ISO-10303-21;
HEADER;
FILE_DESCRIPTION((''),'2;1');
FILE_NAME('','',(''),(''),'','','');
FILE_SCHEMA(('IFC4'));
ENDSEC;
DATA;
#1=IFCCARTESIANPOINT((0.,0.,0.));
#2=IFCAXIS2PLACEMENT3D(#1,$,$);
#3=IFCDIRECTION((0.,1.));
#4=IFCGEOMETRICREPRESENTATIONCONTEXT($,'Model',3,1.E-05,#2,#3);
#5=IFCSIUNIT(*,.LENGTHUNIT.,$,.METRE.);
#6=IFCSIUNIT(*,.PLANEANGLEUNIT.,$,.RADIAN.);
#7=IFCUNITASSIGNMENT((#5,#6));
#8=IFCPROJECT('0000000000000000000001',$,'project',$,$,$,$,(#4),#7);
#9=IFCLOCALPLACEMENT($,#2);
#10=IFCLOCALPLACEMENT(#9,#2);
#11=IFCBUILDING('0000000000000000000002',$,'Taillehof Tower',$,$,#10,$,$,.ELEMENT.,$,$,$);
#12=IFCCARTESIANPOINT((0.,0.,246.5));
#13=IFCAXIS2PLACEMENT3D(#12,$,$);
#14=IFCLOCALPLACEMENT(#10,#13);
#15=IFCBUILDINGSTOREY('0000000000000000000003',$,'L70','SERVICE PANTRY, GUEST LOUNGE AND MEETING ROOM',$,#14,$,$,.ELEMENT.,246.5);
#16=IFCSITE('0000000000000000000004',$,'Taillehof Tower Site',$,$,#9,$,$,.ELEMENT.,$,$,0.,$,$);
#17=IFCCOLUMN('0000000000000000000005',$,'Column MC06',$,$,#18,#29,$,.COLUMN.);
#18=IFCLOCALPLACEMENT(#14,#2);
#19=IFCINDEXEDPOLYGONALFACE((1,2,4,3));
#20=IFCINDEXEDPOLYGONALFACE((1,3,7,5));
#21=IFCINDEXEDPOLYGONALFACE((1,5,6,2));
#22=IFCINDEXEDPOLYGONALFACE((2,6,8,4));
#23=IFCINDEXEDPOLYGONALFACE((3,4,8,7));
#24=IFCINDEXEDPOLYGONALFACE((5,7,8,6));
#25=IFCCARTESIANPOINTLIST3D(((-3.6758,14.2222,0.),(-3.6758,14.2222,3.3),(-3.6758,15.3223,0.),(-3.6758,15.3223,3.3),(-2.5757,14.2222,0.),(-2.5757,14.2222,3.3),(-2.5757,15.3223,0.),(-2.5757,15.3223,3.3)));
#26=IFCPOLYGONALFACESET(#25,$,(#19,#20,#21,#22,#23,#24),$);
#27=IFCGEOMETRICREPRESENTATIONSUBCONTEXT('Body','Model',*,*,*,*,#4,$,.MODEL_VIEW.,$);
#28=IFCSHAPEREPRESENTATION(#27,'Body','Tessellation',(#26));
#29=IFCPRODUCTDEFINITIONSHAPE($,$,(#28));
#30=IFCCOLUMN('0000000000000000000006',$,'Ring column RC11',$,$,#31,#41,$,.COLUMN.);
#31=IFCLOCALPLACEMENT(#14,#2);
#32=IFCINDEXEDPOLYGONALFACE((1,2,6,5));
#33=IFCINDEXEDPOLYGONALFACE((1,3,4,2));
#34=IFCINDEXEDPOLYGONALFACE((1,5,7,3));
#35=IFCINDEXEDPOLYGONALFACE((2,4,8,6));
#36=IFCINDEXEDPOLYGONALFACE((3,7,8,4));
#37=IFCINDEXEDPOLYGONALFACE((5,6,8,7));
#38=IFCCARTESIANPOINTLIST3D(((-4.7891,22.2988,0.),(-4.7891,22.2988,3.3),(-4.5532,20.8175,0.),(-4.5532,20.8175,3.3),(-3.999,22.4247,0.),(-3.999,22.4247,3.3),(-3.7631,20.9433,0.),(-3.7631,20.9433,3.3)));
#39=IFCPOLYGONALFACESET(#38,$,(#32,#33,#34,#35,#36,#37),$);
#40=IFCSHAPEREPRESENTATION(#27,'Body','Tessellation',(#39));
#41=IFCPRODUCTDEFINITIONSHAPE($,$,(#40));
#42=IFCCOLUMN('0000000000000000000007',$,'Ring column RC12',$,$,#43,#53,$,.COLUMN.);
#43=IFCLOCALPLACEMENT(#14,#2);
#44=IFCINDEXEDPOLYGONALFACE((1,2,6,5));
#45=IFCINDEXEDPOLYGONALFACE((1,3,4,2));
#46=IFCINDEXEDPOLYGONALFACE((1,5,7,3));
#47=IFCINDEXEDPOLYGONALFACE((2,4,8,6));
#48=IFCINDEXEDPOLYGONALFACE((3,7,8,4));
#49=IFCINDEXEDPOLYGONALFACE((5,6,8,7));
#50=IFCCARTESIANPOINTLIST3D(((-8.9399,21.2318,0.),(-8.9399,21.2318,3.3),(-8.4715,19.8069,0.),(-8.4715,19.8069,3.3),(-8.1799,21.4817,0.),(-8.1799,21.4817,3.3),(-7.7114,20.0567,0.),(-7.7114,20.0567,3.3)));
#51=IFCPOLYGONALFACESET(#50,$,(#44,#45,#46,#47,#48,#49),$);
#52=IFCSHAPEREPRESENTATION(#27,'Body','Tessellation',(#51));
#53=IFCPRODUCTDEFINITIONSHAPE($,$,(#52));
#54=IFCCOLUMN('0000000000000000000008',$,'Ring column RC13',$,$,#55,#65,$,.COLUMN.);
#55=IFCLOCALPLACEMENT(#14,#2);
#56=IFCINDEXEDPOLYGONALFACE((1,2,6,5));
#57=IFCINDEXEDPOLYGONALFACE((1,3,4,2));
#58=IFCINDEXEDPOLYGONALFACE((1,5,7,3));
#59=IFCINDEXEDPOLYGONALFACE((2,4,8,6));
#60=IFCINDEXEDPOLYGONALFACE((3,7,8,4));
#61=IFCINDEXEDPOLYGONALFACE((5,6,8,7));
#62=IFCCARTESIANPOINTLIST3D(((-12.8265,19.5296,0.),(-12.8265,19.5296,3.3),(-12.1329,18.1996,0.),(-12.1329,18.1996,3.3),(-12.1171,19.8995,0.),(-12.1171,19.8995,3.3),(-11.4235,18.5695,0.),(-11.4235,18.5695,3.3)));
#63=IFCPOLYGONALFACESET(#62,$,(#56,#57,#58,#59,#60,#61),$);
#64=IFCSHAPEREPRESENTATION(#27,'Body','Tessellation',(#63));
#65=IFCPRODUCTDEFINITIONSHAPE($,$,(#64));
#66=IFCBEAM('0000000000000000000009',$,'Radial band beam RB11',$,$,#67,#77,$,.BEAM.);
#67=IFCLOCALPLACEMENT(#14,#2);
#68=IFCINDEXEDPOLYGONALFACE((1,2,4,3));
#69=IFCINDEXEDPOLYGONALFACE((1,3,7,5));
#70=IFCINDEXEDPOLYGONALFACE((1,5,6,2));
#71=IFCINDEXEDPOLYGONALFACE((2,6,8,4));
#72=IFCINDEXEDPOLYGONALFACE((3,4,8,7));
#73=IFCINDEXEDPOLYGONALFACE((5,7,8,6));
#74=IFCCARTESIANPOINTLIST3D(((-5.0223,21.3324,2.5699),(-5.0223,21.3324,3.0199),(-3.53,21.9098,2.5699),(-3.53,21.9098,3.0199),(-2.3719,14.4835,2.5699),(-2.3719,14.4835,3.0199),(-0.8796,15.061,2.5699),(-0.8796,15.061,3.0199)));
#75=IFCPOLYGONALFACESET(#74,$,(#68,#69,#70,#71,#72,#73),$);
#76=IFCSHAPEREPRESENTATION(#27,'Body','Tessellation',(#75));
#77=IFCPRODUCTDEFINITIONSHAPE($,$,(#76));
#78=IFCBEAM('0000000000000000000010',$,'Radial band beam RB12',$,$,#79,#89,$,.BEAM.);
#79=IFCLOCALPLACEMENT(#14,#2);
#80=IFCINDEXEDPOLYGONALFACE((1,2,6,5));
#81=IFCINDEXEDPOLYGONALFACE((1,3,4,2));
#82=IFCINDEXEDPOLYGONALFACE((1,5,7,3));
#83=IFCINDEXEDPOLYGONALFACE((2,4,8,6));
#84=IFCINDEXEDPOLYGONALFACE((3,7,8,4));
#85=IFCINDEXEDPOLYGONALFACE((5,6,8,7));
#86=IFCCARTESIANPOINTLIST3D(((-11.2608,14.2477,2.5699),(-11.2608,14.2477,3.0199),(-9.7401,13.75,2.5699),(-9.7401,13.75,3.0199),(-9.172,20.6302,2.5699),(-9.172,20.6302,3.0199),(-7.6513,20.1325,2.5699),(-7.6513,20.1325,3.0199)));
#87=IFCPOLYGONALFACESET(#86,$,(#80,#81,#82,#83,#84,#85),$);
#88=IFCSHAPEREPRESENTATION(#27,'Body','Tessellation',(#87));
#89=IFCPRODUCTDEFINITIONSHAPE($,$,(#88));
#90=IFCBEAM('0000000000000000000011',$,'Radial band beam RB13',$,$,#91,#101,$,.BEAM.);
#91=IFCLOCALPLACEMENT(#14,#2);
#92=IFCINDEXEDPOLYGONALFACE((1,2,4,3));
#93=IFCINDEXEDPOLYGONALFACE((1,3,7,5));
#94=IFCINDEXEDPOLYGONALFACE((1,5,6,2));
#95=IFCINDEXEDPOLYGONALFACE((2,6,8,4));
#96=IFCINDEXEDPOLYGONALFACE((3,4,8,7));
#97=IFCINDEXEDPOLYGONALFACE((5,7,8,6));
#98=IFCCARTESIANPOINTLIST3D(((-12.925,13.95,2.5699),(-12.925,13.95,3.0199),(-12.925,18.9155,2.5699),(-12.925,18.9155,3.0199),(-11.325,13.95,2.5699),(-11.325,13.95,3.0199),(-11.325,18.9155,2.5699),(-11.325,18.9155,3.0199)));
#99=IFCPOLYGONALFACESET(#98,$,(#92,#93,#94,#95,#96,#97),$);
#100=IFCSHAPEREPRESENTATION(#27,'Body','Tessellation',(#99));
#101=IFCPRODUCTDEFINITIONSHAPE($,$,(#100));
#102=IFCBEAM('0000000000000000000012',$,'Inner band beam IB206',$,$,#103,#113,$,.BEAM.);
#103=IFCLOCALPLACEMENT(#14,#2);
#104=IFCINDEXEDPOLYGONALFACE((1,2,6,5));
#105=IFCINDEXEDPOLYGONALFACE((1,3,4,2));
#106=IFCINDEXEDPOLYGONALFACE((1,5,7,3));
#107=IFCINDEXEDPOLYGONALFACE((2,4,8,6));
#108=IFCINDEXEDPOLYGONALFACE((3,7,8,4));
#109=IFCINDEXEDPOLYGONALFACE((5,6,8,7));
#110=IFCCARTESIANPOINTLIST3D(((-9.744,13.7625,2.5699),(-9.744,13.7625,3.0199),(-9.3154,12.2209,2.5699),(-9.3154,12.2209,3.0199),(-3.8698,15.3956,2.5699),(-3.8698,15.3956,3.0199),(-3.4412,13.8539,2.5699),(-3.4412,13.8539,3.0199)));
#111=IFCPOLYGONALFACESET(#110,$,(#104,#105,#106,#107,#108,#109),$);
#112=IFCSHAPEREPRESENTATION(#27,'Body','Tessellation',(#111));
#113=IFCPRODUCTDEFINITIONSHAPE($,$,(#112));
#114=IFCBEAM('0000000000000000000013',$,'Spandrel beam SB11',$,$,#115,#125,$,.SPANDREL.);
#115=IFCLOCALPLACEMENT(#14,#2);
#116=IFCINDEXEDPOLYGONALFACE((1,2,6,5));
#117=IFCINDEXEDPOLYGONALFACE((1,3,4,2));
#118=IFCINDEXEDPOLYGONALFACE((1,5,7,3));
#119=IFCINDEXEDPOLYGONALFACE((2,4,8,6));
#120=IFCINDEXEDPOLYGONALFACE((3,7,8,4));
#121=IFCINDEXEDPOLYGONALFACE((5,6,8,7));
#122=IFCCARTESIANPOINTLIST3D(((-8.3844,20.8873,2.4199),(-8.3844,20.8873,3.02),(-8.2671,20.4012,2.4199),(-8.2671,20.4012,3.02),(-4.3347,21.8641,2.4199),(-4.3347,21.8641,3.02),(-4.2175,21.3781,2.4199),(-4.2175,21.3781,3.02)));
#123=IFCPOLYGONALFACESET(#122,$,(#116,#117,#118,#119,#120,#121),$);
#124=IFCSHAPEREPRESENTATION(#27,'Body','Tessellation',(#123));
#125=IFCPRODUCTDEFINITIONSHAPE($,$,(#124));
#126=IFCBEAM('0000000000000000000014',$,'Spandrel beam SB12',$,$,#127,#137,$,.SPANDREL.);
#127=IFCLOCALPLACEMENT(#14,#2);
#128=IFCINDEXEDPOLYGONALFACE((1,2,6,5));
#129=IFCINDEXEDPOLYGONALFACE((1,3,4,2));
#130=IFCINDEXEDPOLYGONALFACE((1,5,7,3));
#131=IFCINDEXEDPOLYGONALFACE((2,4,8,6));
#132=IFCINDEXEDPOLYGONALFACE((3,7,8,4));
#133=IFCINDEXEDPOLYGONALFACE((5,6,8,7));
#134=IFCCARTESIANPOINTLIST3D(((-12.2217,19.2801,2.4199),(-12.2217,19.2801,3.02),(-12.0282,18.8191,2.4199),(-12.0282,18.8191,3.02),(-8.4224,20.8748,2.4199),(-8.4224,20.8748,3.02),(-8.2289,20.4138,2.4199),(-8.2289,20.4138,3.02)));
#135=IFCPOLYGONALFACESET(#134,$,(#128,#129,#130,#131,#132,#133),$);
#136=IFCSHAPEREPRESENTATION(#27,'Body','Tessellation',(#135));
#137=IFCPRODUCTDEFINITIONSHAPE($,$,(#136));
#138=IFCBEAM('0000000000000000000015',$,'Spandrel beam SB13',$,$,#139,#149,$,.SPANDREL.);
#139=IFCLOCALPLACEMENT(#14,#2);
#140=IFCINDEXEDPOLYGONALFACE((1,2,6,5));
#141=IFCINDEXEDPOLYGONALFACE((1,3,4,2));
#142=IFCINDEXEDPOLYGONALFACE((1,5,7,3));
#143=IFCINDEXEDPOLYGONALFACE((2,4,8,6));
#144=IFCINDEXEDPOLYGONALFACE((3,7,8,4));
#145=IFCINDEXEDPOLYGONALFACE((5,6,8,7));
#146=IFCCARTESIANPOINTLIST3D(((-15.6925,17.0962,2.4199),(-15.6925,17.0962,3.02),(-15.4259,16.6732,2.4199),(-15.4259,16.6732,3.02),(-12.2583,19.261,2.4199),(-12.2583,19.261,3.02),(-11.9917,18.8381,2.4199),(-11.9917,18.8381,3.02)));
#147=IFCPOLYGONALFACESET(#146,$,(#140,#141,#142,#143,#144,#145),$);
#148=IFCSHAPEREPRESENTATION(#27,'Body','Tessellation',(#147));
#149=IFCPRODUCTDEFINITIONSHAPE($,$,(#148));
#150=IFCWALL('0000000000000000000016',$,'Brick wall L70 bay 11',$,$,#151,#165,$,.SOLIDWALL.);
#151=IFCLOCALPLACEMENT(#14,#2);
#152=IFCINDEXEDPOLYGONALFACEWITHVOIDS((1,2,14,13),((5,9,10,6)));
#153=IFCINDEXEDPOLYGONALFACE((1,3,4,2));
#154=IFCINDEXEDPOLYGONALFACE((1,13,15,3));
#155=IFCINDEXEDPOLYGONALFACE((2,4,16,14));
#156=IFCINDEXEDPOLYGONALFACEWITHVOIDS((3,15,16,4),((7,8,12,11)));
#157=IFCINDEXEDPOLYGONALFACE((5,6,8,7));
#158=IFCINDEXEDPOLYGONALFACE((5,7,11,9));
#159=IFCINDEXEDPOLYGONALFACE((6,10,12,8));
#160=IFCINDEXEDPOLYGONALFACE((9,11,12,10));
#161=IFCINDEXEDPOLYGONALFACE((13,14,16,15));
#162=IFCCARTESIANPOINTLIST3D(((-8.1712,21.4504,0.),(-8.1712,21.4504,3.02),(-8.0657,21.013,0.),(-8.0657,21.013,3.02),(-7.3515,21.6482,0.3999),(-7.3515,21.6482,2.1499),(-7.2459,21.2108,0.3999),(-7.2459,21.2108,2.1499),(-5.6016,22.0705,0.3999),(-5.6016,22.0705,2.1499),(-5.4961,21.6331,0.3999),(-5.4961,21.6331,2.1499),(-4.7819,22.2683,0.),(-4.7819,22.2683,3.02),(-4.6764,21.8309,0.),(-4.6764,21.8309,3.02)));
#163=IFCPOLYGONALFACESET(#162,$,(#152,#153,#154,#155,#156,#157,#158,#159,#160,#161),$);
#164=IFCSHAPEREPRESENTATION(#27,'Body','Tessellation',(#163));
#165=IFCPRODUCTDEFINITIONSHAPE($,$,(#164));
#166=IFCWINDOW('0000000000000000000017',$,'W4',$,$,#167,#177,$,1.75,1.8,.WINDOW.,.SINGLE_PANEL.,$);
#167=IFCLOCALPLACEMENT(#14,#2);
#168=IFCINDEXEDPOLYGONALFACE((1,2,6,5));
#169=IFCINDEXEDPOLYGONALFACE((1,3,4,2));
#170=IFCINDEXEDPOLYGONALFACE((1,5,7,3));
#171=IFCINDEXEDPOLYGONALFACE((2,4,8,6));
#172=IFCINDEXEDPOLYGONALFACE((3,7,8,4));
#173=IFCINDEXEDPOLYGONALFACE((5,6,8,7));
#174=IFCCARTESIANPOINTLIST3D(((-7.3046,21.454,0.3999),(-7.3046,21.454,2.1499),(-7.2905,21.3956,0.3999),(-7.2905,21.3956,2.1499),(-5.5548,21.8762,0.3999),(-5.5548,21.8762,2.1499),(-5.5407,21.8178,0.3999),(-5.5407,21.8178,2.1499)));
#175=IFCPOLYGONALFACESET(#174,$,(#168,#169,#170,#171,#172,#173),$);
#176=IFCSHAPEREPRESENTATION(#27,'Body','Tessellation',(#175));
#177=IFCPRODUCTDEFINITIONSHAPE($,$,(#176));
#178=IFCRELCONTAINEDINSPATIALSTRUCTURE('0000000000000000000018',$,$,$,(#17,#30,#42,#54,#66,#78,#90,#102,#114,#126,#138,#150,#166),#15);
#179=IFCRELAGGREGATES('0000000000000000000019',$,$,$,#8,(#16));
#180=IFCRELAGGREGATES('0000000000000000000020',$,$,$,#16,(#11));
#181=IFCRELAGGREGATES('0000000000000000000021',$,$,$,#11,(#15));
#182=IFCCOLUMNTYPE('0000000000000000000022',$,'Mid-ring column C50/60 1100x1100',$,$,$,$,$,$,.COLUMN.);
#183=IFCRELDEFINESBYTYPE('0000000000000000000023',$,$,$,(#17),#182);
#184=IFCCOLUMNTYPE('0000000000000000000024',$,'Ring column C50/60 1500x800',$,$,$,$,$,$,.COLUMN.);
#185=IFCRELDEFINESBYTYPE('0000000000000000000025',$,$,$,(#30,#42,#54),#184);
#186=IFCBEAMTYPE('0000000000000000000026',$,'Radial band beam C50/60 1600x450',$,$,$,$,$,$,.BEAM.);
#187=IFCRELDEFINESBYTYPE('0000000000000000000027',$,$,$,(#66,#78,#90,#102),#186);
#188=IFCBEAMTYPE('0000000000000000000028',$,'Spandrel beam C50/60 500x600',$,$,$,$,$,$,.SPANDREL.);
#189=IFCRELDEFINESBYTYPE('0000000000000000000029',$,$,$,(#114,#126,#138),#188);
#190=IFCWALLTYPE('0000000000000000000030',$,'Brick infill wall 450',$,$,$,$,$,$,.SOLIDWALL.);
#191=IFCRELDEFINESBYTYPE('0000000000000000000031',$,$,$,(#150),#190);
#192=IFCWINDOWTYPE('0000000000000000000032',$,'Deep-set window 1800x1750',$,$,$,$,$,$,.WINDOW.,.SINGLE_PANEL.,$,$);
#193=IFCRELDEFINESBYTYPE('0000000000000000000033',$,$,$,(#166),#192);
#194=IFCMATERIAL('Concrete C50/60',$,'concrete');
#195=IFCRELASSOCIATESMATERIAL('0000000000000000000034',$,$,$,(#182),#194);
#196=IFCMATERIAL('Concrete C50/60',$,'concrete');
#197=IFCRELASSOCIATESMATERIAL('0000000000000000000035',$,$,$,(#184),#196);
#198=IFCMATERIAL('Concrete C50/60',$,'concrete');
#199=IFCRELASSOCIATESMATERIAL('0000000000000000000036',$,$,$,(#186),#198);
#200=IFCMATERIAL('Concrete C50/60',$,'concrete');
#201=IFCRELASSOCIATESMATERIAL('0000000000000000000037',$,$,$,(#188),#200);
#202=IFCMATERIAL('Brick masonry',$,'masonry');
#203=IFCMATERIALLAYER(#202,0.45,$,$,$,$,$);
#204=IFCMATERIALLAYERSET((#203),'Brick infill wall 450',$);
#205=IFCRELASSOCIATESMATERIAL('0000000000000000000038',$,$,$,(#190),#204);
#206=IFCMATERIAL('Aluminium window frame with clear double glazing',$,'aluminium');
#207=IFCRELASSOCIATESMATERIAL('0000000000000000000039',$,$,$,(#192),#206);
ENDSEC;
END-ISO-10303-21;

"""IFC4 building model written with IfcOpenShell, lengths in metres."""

from ifc_helpers import new_model, si_unit, direction, frame, frame_2d, origin, origin_2d, place, context, subcontext, project, spatial, rectangle, extrude, material, layer, layer_set, material_profile, profile_set, type_object, element, fill, save


model = new_model("IFC4")

# Units and contexts
model_context = context("Model", 3, precision=1e-05, world=origin(), true_north=direction((0.0, 1.0)))
body_context = subcontext(model_context, "Body", "Model", "MODEL_VIEW")
ifc_project = project(units=[si_unit("LENGTHUNIT", "METRE"), si_unit("PLANEANGLEUNIT", "RADIAN")], contexts=[model_context])

# Site, building, storey
site_placement = place(None, origin())
site = spatial("IfcSite", under=ifc_project, at=site_placement, Name="Taillehof Tower Site", CompositionType="ELEMENT", RefElevation=0.0)
building_placement = place(site_placement, origin())
building = spatial("IfcBuilding", under=site, at=building_placement, Name="Taillehof Tower", CompositionType="ELEMENT")
storey_placement = place(building_placement, frame((0.0, 0.0, 246.5)))
storey = spatial("IfcBuildingStorey", under=building, at=storey_placement, Name="L70", Description="SERVICE PANTRY, GUEST LOUNGE AND MEETING ROOM", CompositionType="ELEMENT", Elevation=246.5)

# Columns
ifc_material_1 = material(Name="Concrete C50/60", Category="concrete")
ifc_material_profile_1 = material_profile(ifc_material_1, rectangle(XDim=1.1001, YDim=1.1001, at=origin_2d()), Name="RC 1100x1100")
ifc_profile_set_1 = profile_set([ifc_material_profile_1], Name="Concrete C50/60")
column_type_1 = type_object("IfcColumnType", Name="Mid-ring column C50/60 1100x1100", PredefinedType="COLUMN", material=ifc_profile_set_1)
column_placement = place(storey_placement, frame((-3.1257, 14.7722, 0.0), z_axis=(0.0, 0.0, 1.0), x_axis=(1.0, 0.0, 0.0)))
element("IfcColumn", 1, at=column_placement, inside=storey, type_object=column_type_1, Name="Column MC06", PredefinedType="COLUMN", context=body_context, shape_type="SweptSolid", body=[
    extrude(rectangle(XDim=1.1001, YDim=1.1001, at=origin_2d()), origin(), (0.0, 0.0, 1.0), 3.3),
])
ifc_material_2 = material(Name="Concrete C50/60", Category="concrete")
ifc_material_profile_2 = material_profile(ifc_material_2, rectangle(XDim=1.5, YDim=0.8, at=origin_2d()), Name="RC 1500x800")
ifc_profile_set_2 = profile_set([ifc_material_profile_2], Name="Concrete C50/60")
column_type_2 = type_object("IfcColumnType", Name="Ring column C50/60 1500x800", PredefinedType="COLUMN", material=ifc_profile_set_2)
for number, where, z_axis, x_axis, name in (
    (2, (-4.2761, 21.6211, 0.0), (0.0, 0.0, 1.0), (-0.157281, 0.987554, 0.0), "Ring column RC11"),
    (3, (-8.3257, 20.6443, 0.0), (0.0, 0.0, 1.0), (-0.312304, 0.949982, 0.0), "Ring column RC12"),
    (4, (-12.125, 19.0496, 0.0), (0.0, 0.0, 1.0), (-0.462384, 0.88668, 0.0), "Ring column RC13"),
):
    element("IfcColumn", number, at=place(storey_placement, frame(where, z_axis=z_axis, x_axis=x_axis)), inside=storey, type_object=column_type_2, Name=name, PredefinedType="COLUMN", context=body_context, shape_type="SweptSolid", body=[
        extrude(rectangle(XDim=1.5, YDim=0.8, at=origin_2d()), origin(), (0.0, 0.0, 1.0), 3.3),
    ])

# Beams
ifc_material_3 = material(Name="Concrete C50/60", Category="concrete")
ifc_material_profile_3 = material_profile(ifc_material_3, rectangle(XDim=1.6001, YDim=0.45, at=origin_2d()), Name="RC 1600x450")
ifc_profile_set_3 = profile_set([ifc_material_profile_3], Name="Concrete C50/60")
beam_type_1 = type_object("IfcBeamType", Name="Radial band beam C50/60 1600x450", PredefinedType="BEAM", material=ifc_profile_set_3)
beam_1_placement = place(storey_placement, frame((-4.2761, 21.6211, 2.7949), z_axis=(0.360901, -0.932604, 0.0), x_axis=(0.932604, 0.360901, 0.0)))
element("IfcBeam", 5, at=beam_1_placement, inside=storey, type_object=beam_type_1, Name="Radial band beam RB11", PredefinedType="BEAM", context=body_context, shape_type="SweptSolid", body=[
    extrude(rectangle(XDim=1.6001, YDim=0.45, at=origin_2d()), origin(), (0.0, 0.0, 1.0), 7.3438),
])
beam_2_placement = place(storey_placement, frame((-8.4116, 20.3813, 2.7949), z_axis=(-0.311043, -0.950396, 0.0), x_axis=(0.950396, -0.311043, 0.0)))
element("IfcBeam", 6, at=beam_2_placement, inside=storey, type_object=beam_type_1, Name="Radial band beam RB12", PredefinedType="BEAM", context=body_context, shape_type="SweptSolid", body=[
    extrude(rectangle(XDim=1.6001, YDim=0.45, at=origin_2d()), origin(), (0.0, 0.0, 1.0), 6.7156),
])
beam_3_placement = place(storey_placement, frame((-12.125, 18.9155, 2.7949), z_axis=(0.0, -1.0, 0.0), x_axis=(1.0, 0.0, 0.0)))
element("IfcBeam", 7, at=beam_3_placement, inside=storey, type_object=beam_type_1, Name="Radial band beam RB13", PredefinedType="BEAM", context=body_context, shape_type="SweptSolid", body=[
    extrude(rectangle(XDim=1.6001, YDim=0.45, at=origin_2d()), origin(), (0.0, 0.0, 1.0), 4.9656),
])
beam_4_placement = place(storey_placement, frame((-3.6555, 14.6248, 2.7949), z_axis=(-0.963459, -0.267855, 0.0), x_axis=(0.267855, -0.963459, 0.0)))
element("IfcBeam", 8, at=beam_4_placement, inside=storey, type_object=beam_type_1, Name="Inner band beam IB206", PredefinedType="BEAM", context=body_context, shape_type="SweptSolid", body=[
    extrude(rectangle(XDim=1.6001, YDim=0.45, at=origin_2d()), origin(), (0.0, 0.0, 1.0), 6.0969),
])
ifc_material_4 = material(Name="Concrete C50/60", Category="concrete")
ifc_material_profile_4 = material_profile(ifc_material_4, rectangle(XDim=0.5, YDim=0.6001, at=origin_2d()), Name="RC 500x600")
ifc_profile_set_4 = profile_set([ifc_material_profile_4], Name="Concrete C50/60")
beam_type_2 = type_object("IfcBeamType", Name="Spandrel beam C50/60 500x600", PredefinedType="SPANDREL", material=ifc_profile_set_4)
beam_5_placement = place(storey_placement, frame((-4.2761, 21.6211, 2.72), z_axis=(-0.972119, -0.234488, 0.0), x_axis=(0.234488, -0.972119, 0.0)))
element("IfcBeam", 9, at=beam_5_placement, inside=storey, type_object=beam_type_2, Name="Spandrel beam SB11", PredefinedType="SPANDREL", context=body_context, shape_type="SweptSolid", body=[
    extrude(rectangle(XDim=0.5, YDim=0.6001, at=origin_2d()), origin(), (0.0, 0.0, 1.0), 4.1658),
])
beam_6_placement = place(storey_placement, frame((-8.3257, 20.6443, 2.72), z_axis=(-0.922068, -0.387029, 0.0), x_axis=(0.387029, -0.922068, 0.0)))
element("IfcBeam", 10, at=beam_6_placement, inside=storey, type_object=beam_type_2, Name="Spandrel beam SB12", PredefinedType="SPANDREL", context=body_context, shape_type="SweptSolid", body=[
    extrude(rectangle(XDim=0.5, YDim=0.6001, at=origin_2d()), origin(), (0.0, 0.0, 1.0), 4.1204),
])
beam_7_placement = place(storey_placement, frame((-12.125, 19.0496, 2.72), z_axis=(-0.845944, -0.533271, 0.0), x_axis=(0.533271, -0.845944, 0.0)))
element("IfcBeam", 11, at=beam_7_placement, inside=storey, type_object=beam_type_2, Name="Spandrel beam SB13", PredefinedType="SPANDREL", context=body_context, shape_type="SweptSolid", body=[
    extrude(rectangle(XDim=0.5, YDim=0.6001, at=origin_2d()), origin(), (0.0, 0.0, 1.0), 4.0596),
])

# Wall, opening, window
ifc_material_5 = material(Name="Brick masonry", Category="masonry")
ifc_layer_1 = layer(ifc_material_5, 0.45)
ifc_layer_set_1 = layer_set([ifc_layer_1], Name="Brick infill wall 450")
wall_type_1 = type_object("IfcWallType", Name="Brick infill wall 450", PredefinedType="SOLIDWALL", material=ifc_layer_set_1)
wall_1_placement = place(storey_placement, frame((-4.7292, 22.0496, 0.0), z_axis=(0.0, 0.0, 1.0), x_axis=(-0.972099, -0.23457, 0.0)))
wall_1 = element("IfcWall", 12, at=wall_1_placement, inside=storey, type_object=wall_type_1, Name="Brick wall L70 bay 11", PredefinedType="SOLIDWALL", context=body_context, shape_type="SweptSolid", body=[
    extrude(rectangle(XDim=3.4866, YDim=0.45, at=frame_2d((1.7432, 0.0))), origin(), (0.0, 0.0, 1.0), 3.02),
])
opening_1_placement = place(wall_1_placement, frame((0.8433, 0.0, 0.3999)))
opening_1 = element("IfcOpeningElement", 13, at=opening_1_placement, cuts=wall_1, PredefinedType="OPENING", context=body_context, shape_type="SweptSolid", body=[
    extrude(rectangle(XDim=1.8, YDim=1.75, at=frame_2d((0.8999, 0.875))), frame((0.0, 0.2349, 0.0), z_axis=(0.0, -1.0, 0.0), x_axis=(1.0, 0.0, 0.0)), (0.0, 0.0, 1.0), 0.47),
])
ifc_material_6 = material(Name="Aluminium window frame with clear double glazing", Category="aluminium")
window_type = type_object("IfcWindowType", Name="Deep-set window 1800x1750", PartitioningType="SINGLE_PANEL", PredefinedType="WINDOW", material=ifc_material_6)
window_1_placement = place(opening_1_placement, origin())
window_1 = element("IfcWindow", 14, at=window_1_placement, inside=storey, type_object=window_type, Name="W4", OverallHeight=1.75, OverallWidth=1.8, PartitioningType="SINGLE_PANEL", PredefinedType="WINDOW", context=body_context, shape_type="SweptSolid", body=[
    extrude(rectangle(XDim=1.8, YDim=1.75, at=frame_2d((0.8999, 0.875))), frame((0.0, 0.0349, 0.0), z_axis=(0.0, -1.0, 0.0), x_axis=(1.0, 0.0, 0.0)), (0.0, 0.0, 1.0), 0.0601),
])
fill(opening_1, window_1)

save(model, "model.ifc")
